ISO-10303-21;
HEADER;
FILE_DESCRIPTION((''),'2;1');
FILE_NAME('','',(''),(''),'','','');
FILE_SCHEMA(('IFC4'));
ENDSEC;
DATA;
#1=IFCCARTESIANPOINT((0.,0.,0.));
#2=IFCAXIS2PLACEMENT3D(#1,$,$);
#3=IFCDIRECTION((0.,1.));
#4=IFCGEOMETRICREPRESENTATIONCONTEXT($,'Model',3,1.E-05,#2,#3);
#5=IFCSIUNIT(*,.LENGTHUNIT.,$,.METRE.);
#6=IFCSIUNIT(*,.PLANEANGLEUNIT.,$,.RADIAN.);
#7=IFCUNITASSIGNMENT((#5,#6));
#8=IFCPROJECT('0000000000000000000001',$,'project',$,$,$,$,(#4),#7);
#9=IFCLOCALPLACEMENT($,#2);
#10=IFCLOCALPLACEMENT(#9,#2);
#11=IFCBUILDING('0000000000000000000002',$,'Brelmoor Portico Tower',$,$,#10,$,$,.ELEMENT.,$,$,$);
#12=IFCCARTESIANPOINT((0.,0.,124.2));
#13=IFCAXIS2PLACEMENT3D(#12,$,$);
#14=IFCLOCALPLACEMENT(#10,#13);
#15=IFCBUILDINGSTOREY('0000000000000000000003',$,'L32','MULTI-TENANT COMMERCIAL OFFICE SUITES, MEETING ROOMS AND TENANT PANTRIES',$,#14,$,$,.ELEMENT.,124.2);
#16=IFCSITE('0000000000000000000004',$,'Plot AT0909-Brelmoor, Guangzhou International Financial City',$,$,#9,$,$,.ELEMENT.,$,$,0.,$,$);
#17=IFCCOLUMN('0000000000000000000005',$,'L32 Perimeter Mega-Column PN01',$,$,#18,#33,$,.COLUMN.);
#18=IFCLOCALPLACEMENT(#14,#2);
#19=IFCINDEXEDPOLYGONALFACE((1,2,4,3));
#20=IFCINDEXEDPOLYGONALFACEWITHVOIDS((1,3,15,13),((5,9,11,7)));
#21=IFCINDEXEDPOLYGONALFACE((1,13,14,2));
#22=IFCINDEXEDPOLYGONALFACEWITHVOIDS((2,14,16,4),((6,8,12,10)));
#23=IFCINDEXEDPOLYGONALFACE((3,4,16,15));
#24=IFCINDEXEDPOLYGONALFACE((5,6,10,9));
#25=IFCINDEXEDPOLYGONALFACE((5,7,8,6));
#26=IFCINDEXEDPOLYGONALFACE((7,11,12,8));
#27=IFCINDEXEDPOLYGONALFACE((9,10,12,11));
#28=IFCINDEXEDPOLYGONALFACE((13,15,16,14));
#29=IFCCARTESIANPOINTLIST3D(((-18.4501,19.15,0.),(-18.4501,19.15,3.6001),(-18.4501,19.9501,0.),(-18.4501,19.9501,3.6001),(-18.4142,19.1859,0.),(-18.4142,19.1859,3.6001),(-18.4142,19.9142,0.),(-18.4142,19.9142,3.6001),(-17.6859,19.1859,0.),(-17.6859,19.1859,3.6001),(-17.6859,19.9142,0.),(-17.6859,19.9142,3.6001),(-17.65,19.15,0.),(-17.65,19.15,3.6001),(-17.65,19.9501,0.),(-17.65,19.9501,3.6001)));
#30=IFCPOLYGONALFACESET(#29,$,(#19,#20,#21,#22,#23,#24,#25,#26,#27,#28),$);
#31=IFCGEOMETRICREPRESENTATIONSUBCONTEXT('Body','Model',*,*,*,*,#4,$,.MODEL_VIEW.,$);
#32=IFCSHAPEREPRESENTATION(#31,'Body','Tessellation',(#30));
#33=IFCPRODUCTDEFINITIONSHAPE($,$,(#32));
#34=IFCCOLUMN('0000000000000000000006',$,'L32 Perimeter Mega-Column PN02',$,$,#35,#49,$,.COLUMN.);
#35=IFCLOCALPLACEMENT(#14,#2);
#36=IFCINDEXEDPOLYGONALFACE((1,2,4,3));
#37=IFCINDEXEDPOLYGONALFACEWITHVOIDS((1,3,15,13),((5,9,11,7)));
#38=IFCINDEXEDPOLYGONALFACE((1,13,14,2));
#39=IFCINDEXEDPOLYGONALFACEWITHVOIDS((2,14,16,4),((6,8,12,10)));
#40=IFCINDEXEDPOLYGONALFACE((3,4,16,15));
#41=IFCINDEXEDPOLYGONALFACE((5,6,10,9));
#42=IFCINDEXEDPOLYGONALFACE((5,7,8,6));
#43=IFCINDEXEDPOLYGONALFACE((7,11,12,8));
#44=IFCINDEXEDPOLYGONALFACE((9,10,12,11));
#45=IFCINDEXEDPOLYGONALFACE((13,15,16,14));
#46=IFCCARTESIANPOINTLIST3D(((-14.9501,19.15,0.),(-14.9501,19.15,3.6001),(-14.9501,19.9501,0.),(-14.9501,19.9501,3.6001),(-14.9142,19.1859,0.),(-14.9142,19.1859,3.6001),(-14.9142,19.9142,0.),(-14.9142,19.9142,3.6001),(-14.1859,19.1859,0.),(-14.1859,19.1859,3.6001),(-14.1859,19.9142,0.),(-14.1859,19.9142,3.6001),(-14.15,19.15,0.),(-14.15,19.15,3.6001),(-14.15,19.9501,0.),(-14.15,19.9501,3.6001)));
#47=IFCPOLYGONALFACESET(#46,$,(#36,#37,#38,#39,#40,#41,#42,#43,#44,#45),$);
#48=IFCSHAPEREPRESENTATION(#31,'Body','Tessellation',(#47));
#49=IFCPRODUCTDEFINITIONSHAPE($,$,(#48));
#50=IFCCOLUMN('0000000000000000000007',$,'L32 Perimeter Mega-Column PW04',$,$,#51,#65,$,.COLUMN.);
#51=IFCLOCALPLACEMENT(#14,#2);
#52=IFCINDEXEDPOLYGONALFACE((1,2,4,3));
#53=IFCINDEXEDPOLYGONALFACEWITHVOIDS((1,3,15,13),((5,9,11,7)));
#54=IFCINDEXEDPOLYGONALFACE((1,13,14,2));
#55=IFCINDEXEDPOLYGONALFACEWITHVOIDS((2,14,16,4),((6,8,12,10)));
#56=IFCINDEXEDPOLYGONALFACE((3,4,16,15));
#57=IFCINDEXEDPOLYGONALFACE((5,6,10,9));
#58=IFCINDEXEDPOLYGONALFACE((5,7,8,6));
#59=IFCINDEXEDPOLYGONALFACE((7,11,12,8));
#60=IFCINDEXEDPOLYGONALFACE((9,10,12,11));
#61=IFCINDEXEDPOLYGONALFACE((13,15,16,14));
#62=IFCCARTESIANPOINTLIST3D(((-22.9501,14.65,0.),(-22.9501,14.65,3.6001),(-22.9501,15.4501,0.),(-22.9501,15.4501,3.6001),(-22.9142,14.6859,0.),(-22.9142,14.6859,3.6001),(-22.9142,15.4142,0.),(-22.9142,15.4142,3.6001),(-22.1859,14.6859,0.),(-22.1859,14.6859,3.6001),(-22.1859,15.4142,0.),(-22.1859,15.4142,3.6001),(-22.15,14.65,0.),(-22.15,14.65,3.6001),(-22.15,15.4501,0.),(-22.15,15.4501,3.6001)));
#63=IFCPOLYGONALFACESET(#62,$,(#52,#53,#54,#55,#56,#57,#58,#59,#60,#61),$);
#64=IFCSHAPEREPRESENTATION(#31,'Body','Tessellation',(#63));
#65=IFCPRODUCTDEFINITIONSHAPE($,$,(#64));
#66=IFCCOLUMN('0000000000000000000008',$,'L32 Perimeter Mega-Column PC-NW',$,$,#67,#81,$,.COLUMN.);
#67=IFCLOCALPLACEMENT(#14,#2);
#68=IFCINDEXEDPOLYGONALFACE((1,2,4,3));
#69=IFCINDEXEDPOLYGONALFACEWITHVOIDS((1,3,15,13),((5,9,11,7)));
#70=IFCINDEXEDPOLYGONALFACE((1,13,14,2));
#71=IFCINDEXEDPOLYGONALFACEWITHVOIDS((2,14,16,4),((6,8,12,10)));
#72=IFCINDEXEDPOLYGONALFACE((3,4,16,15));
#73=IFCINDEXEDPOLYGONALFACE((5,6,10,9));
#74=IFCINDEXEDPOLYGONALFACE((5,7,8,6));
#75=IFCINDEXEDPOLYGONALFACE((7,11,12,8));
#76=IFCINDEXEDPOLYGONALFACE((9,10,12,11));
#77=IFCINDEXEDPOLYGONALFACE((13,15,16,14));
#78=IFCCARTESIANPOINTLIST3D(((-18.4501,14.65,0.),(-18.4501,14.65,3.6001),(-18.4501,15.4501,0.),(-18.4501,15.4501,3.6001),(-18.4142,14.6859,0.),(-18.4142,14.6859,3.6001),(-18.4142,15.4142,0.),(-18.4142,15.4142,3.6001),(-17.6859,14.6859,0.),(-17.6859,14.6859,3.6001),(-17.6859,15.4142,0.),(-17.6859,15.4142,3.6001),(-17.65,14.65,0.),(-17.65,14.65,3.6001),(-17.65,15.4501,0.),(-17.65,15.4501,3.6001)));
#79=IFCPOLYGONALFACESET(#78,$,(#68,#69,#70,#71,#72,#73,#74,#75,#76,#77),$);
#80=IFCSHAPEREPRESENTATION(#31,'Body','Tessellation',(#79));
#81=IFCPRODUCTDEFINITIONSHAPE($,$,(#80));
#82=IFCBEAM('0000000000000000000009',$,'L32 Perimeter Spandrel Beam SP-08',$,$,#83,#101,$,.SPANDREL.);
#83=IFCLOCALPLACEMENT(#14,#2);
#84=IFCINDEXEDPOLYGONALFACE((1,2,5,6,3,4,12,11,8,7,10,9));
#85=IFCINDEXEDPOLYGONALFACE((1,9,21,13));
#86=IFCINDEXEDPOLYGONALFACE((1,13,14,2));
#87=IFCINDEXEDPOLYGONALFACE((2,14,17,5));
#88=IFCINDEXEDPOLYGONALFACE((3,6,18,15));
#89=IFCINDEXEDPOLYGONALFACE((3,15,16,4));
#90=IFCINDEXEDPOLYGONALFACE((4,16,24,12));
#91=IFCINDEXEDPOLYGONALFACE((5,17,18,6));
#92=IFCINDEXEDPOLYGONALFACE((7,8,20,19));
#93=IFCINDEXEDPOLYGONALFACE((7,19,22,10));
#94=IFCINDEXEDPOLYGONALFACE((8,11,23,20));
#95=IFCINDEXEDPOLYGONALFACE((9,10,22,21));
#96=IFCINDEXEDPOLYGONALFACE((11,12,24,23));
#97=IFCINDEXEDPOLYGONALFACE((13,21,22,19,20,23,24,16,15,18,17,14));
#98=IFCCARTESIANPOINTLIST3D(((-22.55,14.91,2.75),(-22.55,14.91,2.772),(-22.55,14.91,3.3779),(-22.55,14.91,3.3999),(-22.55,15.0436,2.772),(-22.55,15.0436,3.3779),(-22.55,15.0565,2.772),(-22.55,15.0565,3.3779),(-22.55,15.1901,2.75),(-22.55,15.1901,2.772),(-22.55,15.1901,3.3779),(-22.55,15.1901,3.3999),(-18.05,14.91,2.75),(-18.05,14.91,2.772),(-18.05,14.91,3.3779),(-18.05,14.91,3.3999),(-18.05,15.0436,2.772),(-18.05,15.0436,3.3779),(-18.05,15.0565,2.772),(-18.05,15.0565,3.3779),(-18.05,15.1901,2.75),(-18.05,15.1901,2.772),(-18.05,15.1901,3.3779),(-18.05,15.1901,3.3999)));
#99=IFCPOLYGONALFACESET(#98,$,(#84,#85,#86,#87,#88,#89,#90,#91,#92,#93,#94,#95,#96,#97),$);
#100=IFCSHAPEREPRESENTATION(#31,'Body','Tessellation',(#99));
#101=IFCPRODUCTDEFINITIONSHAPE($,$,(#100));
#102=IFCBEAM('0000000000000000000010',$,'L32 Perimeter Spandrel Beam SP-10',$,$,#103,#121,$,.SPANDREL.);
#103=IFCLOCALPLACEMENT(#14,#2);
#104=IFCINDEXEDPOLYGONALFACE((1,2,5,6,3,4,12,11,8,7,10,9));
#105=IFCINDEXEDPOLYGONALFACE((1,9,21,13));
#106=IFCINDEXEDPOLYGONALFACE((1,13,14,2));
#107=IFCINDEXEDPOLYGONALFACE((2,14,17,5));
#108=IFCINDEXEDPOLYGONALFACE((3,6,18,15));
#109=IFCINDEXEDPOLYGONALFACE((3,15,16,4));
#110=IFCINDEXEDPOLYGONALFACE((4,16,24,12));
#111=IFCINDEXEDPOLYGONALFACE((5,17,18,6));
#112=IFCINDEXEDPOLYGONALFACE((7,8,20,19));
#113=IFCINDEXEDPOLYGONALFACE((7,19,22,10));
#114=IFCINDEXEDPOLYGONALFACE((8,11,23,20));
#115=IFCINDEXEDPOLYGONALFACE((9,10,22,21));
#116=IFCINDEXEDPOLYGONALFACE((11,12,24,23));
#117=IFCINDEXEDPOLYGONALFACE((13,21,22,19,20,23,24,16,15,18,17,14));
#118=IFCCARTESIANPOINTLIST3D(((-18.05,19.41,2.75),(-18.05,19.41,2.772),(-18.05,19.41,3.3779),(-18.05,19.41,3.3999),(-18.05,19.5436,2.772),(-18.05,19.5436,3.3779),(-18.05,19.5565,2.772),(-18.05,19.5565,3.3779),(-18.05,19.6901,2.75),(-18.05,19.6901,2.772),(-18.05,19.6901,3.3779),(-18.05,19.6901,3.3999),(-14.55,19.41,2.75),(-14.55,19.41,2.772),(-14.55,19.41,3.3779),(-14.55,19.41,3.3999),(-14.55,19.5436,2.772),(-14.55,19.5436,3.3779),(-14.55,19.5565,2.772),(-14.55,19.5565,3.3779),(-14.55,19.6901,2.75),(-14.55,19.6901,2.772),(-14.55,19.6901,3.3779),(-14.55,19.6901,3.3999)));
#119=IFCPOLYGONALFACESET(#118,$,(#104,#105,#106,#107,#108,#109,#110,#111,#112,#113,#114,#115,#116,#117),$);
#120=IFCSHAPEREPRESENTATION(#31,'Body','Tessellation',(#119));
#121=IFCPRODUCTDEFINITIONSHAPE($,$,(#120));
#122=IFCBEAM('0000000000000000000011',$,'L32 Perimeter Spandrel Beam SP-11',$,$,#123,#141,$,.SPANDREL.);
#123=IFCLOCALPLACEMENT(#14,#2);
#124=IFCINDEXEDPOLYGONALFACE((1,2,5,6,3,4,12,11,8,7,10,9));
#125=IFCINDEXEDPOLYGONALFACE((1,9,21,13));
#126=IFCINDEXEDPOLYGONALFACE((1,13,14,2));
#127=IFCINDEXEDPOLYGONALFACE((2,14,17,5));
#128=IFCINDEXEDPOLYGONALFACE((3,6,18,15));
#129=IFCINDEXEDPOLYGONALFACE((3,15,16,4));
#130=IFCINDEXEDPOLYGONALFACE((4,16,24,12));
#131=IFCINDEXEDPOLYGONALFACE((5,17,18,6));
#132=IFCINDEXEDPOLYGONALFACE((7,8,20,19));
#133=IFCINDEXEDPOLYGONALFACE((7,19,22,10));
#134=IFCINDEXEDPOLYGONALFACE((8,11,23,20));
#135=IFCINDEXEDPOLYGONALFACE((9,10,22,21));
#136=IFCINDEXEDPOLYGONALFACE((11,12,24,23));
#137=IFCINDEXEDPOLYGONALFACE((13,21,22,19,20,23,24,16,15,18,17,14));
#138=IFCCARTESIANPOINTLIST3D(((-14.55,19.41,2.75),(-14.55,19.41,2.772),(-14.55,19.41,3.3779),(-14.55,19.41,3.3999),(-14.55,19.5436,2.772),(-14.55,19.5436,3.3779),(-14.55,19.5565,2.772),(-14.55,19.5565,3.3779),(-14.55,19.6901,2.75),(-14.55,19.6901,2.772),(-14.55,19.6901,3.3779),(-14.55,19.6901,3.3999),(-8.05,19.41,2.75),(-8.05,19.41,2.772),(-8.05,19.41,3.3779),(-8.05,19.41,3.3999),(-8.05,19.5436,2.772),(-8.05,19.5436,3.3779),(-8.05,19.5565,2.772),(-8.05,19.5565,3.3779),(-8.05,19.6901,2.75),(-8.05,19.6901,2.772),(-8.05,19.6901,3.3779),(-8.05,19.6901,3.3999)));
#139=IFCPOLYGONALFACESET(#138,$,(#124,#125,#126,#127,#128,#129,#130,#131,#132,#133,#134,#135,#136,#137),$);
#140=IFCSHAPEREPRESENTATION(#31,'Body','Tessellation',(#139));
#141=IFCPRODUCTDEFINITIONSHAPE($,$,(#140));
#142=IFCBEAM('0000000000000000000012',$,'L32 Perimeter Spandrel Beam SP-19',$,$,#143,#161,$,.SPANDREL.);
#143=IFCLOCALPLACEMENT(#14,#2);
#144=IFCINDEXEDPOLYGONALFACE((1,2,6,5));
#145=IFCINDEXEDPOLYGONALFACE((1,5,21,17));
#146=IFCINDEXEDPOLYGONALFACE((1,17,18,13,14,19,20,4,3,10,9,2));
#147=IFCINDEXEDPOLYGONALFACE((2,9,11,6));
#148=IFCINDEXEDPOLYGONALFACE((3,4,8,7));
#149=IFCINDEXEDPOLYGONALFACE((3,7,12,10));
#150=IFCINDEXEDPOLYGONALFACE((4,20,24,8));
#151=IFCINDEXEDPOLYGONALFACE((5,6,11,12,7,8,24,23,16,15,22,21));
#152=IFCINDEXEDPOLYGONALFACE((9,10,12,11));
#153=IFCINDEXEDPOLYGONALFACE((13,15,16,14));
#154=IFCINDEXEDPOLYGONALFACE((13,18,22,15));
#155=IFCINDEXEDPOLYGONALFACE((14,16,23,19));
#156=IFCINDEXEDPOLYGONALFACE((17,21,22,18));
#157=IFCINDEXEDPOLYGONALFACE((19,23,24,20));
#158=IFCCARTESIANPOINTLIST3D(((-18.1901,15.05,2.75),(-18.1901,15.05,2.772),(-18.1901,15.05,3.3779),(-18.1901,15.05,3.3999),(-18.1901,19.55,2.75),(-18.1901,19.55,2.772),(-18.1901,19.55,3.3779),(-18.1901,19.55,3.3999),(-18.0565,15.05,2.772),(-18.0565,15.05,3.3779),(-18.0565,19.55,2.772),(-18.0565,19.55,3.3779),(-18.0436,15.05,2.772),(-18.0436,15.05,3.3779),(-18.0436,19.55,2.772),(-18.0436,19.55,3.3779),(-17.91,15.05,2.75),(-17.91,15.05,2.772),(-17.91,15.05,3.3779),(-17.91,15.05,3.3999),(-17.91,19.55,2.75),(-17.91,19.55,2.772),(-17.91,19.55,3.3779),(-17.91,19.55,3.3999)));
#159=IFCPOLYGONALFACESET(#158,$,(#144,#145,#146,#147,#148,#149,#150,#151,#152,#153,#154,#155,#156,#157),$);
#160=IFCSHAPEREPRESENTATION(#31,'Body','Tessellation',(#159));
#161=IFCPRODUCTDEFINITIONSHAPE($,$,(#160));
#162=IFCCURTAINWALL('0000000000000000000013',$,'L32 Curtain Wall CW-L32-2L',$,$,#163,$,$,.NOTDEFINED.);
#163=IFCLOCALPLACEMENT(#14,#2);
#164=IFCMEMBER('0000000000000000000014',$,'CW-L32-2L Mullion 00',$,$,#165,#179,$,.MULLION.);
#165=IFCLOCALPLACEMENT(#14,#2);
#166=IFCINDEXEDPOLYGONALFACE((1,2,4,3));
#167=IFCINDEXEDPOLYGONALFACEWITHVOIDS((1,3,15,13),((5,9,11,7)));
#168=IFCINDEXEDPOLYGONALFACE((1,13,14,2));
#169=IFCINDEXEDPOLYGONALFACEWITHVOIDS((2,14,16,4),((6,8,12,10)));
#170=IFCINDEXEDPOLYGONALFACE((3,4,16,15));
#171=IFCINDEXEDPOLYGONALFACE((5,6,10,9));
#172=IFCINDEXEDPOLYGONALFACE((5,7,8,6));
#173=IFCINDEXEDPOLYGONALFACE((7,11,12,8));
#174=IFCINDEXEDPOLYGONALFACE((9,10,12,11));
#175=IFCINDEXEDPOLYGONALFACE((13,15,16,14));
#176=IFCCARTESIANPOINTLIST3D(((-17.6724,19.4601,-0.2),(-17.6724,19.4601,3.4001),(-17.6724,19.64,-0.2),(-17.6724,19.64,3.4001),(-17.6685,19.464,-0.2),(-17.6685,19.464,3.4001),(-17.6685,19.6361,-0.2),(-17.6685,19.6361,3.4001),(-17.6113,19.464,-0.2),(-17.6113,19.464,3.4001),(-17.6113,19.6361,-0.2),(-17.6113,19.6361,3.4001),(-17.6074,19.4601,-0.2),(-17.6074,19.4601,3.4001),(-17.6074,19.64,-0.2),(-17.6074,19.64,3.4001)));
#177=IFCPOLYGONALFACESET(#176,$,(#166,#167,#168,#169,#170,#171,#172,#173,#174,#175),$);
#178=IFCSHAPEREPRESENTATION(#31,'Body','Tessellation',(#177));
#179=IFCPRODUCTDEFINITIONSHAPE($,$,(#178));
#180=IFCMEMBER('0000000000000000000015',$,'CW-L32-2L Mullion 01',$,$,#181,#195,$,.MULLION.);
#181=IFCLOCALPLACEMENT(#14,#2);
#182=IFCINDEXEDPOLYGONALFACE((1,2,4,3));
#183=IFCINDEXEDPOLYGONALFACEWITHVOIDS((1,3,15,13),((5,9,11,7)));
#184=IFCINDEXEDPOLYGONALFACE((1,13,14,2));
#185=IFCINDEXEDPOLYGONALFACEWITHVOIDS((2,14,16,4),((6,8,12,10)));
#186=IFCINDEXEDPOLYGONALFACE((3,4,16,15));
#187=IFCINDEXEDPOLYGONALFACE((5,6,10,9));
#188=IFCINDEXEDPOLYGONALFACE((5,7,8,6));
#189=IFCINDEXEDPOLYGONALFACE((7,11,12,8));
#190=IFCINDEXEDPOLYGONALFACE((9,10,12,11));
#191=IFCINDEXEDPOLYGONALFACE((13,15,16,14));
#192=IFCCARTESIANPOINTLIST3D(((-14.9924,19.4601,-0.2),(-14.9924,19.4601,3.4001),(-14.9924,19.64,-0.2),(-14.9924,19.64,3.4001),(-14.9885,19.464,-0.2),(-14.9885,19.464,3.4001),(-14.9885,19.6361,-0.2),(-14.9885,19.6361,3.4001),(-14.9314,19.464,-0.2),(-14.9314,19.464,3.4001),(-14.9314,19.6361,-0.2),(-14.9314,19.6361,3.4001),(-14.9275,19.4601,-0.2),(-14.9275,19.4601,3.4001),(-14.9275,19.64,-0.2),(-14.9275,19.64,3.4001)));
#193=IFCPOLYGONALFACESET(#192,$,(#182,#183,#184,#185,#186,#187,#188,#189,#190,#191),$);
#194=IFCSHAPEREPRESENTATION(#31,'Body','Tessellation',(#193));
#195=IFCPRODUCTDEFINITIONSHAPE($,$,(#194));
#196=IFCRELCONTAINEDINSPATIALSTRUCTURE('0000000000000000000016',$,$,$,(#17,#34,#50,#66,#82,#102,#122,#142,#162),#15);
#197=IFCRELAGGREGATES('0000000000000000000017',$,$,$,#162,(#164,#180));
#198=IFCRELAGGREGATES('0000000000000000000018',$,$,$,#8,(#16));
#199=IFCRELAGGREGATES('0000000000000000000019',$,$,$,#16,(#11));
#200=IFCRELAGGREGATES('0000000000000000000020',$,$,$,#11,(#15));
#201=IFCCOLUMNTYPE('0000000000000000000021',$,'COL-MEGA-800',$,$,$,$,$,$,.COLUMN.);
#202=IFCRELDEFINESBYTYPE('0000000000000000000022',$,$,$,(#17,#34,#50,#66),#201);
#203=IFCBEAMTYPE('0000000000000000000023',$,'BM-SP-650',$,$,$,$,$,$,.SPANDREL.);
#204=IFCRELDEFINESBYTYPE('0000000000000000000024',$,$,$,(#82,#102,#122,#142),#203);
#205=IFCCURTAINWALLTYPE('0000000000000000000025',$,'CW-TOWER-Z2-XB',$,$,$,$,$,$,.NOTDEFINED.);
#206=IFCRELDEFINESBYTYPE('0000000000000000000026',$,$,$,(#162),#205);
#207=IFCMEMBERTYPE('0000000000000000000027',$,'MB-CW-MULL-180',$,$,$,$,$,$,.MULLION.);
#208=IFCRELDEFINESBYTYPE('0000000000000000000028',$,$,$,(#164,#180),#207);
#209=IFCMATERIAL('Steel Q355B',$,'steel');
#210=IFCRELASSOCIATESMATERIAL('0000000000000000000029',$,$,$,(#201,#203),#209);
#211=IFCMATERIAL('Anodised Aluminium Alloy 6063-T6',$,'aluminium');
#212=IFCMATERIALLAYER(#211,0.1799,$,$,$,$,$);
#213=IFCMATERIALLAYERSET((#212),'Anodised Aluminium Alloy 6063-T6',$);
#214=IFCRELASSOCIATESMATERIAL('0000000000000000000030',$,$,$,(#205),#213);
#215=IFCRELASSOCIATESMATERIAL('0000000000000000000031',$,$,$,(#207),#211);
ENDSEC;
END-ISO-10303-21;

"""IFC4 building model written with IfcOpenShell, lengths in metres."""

from ifc_helpers import new_model, si_unit, direction, frame, origin, origin_2d, place, context, subcontext, project, spatial, hollow_rectangle, i_section, extrude, material, layer, layer_set, material_profile, profile_set, type_object, element, aggregate, save


model = new_model("IFC4")

# Units and contexts
model_context = context("Model", 3, precision=1e-05, world=origin(), true_north=direction((0.0, 1.0)))
body_context = subcontext(model_context, "Body", "Model", "MODEL_VIEW")
ifc_project = project(units=[si_unit("LENGTHUNIT", "METRE"), si_unit("PLANEANGLEUNIT", "RADIAN")], contexts=[model_context])

# Site, building, storey
site_placement = place(None, origin())
site = spatial("IfcSite", under=ifc_project, at=site_placement, Name="Plot AT0909-Brelmoor, Guangzhou International Financial City", CompositionType="ELEMENT", RefElevation=0.0)
building_placement = place(site_placement, origin())
building = spatial("IfcBuilding", under=site, at=building_placement, Name="Brelmoor Portico Tower", CompositionType="ELEMENT")
storey_placement = place(building_placement, frame((0.0, 0.0, 124.2)))
storey = spatial("IfcBuildingStorey", under=building, at=storey_placement, Name="L32", Description="MULTI-TENANT COMMERCIAL OFFICE SUITES, MEETING ROOMS AND TENANT PANTRIES", CompositionType="ELEMENT", Elevation=124.2)

# Columns
ifc_material_1 = material(Name="Steel Q355B", Category="steel")
ifc_material_profile_1 = material_profile(ifc_material_1, hollow_rectangle(XDim=0.8, YDim=0.8, WallThickness=0.0359, at=origin_2d()), Name="BOX 800x800x36")
ifc_profile_set_1 = profile_set([ifc_material_profile_1], Name="Steel Q355B")
column_type = type_object("IfcColumnType", Name="COL-MEGA-800", PredefinedType="COLUMN", material=ifc_profile_set_1)
for number, where, z_axis, x_axis, name in (
    (1, (-18.05, 19.55, 0.0), (0.0, 0.0, 1.0), (1.0, 0.0, 0.0), "L32 Perimeter Mega-Column PN01"),
    (2, (-14.55, 19.55, 0.0), (0.0, 0.0, 1.0), (1.0, 0.0, 0.0), "L32 Perimeter Mega-Column PN02"),
    (3, (-22.55, 15.05, 0.0), (0.0, 0.0, 1.0), (0.0, 1.0, 0.0), "L32 Perimeter Mega-Column PW04"),
    (4, (-18.05, 15.05, 0.0), (0.0, 0.0, 1.0), (1.0, 0.0, 0.0), "L32 Perimeter Mega-Column PC-NW"),
):
    element("IfcColumn", number, at=place(storey_placement, frame(where, z_axis=z_axis, x_axis=x_axis)), inside=storey, type_object=column_type, Name=name, PredefinedType="COLUMN", context=body_context, shape_type="SweptSolid", body=[
        extrude(hollow_rectangle(XDim=0.8, YDim=0.8, WallThickness=0.0359, at=origin_2d()), origin(), (0.0, 0.0, 1.0), 3.6001),
    ])

# Beams
ifc_material_profile_2 = material_profile(ifc_material_1, i_section(OverallWidth=0.28, OverallDepth=0.6499, WebThickness=0.0129, FlangeThickness=0.022, at=origin_2d()), Name="HN 650x280x13x22")
ifc_profile_set_2 = profile_set([ifc_material_profile_2], Name="Steel Q355B")
beam_type = type_object("IfcBeamType", Name="BM-SP-650", PredefinedType="SPANDREL", material=ifc_profile_set_2)
beam_1_placement = place(storey_placement, frame((-22.55, 15.05, 3.075), z_axis=(1.0, 0.0, 0.0), x_axis=(0.0, 1.0, 0.0)))
element("IfcBeam", 5, at=beam_1_placement, inside=storey, type_object=beam_type, Name="L32 Perimeter Spandrel Beam SP-08", PredefinedType="SPANDREL", context=body_context, shape_type="SweptSolid", body=[
    extrude(i_section(OverallWidth=0.28, OverallDepth=0.6499, WebThickness=0.0129, FlangeThickness=0.022, at=origin_2d()), origin(), (0.0, 0.0, 1.0), 4.5),
])
beam_2_placement = place(storey_placement, frame((-18.05, 19.55, 3.075), z_axis=(1.0, 0.0, 0.0), x_axis=(0.0, 1.0, 0.0)))
element("IfcBeam", 6, at=beam_2_placement, inside=storey, type_object=beam_type, Name="L32 Perimeter Spandrel Beam SP-10", PredefinedType="SPANDREL", context=body_context, shape_type="SweptSolid", body=[
    extrude(i_section(OverallWidth=0.28, OverallDepth=0.6499, WebThickness=0.0129, FlangeThickness=0.022, at=origin_2d()), origin(), (0.0, 0.0, 1.0), 3.5),
])
beam_3_placement = place(storey_placement, frame((-14.55, 19.55, 3.075), z_axis=(1.0, 0.0, 0.0), x_axis=(0.0, 1.0, 0.0)))
element("IfcBeam", 7, at=beam_3_placement, inside=storey, type_object=beam_type, Name="L32 Perimeter Spandrel Beam SP-11", PredefinedType="SPANDREL", context=body_context, shape_type="SweptSolid", body=[
    extrude(i_section(OverallWidth=0.28, OverallDepth=0.6499, WebThickness=0.0129, FlangeThickness=0.022, at=origin_2d()), origin(), (0.0, 0.0, 1.0), 6.5),
])
beam_4_placement = place(storey_placement, frame((-18.05, 15.05, 3.075), z_axis=(0.0, 1.0, 0.0), x_axis=(-1.0, 0.0, 0.0)))
element("IfcBeam", 8, at=beam_4_placement, inside=storey, type_object=beam_type, Name="L32 Perimeter Spandrel Beam SP-19", PredefinedType="SPANDREL", context=body_context, shape_type="SweptSolid", body=[
    extrude(i_section(OverallWidth=0.28, OverallDepth=0.6499, WebThickness=0.0129, FlangeThickness=0.022, at=origin_2d()), origin(), (0.0, 0.0, 1.0), 4.5),
])

# Curtain wall, members
ifc_material_2 = material(Name="Anodised Aluminium Alloy 6063-T6", Category="aluminium")
ifc_layer_1 = layer(ifc_material_2, 0.1799)
ifc_layer_set_1 = layer_set([ifc_layer_1], Name="Anodised Aluminium Alloy 6063-T6")
curtain_wall_type = type_object("IfcCurtainWallType", Name="CW-TOWER-Z2-XB", PredefinedType="NOTDEFINED", material=ifc_layer_set_1)
curtain_wall_1_placement = place(storey_placement, origin())
curtain_wall_1 = element("IfcCurtainWall", 9, at=curtain_wall_1_placement, inside=storey, type_object=curtain_wall_type, Name="L32 Curtain Wall CW-L32-2L", PredefinedType="NOTDEFINED")
ifc_material_profile_3 = material_profile(ifc_material_2, hollow_rectangle(XDim=0.0649, YDim=0.1799, WallThickness=0.0039, at=origin_2d()), Name="ALU MULLION 65x180")
ifc_profile_set_3 = profile_set([ifc_material_profile_3], Name="Anodised Aluminium Alloy 6063-T6")
member_type_1 = type_object("IfcMemberType", Name="MB-CW-MULL-180", PredefinedType="MULLION", material=ifc_profile_set_3)
member_1_placement = place(storey_placement, frame((-17.6399, 19.55, -0.2), z_axis=(0.0, 0.0, 1.0), x_axis=(1.0, 0.0, 0.0)))
member_1 = element("IfcMember", 10, at=member_1_placement, type_object=member_type_1, Name="CW-L32-2L Mullion 00", PredefinedType="MULLION", context=body_context, shape_type="SweptSolid", body=[
    extrude(hollow_rectangle(XDim=0.0649, YDim=0.1799, WallThickness=0.0039, at=origin_2d()), origin(), (0.0, 0.0, 1.0), 3.6001),
])
member_2_placement = place(storey_placement, frame((-14.96, 19.55, -0.2), z_axis=(0.0, 0.0, 1.0), x_axis=(1.0, 0.0, 0.0)))
member_2 = element("IfcMember", 11, at=member_2_placement, type_object=member_type_1, Name="CW-L32-2L Mullion 01", PredefinedType="MULLION", context=body_context, shape_type="SweptSolid", body=[
    extrude(hollow_rectangle(XDim=0.0649, YDim=0.1799, WallThickness=0.0039, at=origin_2d()), origin(), (0.0, 0.0, 1.0), 3.6001),
])

aggregate(curtain_wall_1, [member_1, member_2])

save(model, "model.ifc")
